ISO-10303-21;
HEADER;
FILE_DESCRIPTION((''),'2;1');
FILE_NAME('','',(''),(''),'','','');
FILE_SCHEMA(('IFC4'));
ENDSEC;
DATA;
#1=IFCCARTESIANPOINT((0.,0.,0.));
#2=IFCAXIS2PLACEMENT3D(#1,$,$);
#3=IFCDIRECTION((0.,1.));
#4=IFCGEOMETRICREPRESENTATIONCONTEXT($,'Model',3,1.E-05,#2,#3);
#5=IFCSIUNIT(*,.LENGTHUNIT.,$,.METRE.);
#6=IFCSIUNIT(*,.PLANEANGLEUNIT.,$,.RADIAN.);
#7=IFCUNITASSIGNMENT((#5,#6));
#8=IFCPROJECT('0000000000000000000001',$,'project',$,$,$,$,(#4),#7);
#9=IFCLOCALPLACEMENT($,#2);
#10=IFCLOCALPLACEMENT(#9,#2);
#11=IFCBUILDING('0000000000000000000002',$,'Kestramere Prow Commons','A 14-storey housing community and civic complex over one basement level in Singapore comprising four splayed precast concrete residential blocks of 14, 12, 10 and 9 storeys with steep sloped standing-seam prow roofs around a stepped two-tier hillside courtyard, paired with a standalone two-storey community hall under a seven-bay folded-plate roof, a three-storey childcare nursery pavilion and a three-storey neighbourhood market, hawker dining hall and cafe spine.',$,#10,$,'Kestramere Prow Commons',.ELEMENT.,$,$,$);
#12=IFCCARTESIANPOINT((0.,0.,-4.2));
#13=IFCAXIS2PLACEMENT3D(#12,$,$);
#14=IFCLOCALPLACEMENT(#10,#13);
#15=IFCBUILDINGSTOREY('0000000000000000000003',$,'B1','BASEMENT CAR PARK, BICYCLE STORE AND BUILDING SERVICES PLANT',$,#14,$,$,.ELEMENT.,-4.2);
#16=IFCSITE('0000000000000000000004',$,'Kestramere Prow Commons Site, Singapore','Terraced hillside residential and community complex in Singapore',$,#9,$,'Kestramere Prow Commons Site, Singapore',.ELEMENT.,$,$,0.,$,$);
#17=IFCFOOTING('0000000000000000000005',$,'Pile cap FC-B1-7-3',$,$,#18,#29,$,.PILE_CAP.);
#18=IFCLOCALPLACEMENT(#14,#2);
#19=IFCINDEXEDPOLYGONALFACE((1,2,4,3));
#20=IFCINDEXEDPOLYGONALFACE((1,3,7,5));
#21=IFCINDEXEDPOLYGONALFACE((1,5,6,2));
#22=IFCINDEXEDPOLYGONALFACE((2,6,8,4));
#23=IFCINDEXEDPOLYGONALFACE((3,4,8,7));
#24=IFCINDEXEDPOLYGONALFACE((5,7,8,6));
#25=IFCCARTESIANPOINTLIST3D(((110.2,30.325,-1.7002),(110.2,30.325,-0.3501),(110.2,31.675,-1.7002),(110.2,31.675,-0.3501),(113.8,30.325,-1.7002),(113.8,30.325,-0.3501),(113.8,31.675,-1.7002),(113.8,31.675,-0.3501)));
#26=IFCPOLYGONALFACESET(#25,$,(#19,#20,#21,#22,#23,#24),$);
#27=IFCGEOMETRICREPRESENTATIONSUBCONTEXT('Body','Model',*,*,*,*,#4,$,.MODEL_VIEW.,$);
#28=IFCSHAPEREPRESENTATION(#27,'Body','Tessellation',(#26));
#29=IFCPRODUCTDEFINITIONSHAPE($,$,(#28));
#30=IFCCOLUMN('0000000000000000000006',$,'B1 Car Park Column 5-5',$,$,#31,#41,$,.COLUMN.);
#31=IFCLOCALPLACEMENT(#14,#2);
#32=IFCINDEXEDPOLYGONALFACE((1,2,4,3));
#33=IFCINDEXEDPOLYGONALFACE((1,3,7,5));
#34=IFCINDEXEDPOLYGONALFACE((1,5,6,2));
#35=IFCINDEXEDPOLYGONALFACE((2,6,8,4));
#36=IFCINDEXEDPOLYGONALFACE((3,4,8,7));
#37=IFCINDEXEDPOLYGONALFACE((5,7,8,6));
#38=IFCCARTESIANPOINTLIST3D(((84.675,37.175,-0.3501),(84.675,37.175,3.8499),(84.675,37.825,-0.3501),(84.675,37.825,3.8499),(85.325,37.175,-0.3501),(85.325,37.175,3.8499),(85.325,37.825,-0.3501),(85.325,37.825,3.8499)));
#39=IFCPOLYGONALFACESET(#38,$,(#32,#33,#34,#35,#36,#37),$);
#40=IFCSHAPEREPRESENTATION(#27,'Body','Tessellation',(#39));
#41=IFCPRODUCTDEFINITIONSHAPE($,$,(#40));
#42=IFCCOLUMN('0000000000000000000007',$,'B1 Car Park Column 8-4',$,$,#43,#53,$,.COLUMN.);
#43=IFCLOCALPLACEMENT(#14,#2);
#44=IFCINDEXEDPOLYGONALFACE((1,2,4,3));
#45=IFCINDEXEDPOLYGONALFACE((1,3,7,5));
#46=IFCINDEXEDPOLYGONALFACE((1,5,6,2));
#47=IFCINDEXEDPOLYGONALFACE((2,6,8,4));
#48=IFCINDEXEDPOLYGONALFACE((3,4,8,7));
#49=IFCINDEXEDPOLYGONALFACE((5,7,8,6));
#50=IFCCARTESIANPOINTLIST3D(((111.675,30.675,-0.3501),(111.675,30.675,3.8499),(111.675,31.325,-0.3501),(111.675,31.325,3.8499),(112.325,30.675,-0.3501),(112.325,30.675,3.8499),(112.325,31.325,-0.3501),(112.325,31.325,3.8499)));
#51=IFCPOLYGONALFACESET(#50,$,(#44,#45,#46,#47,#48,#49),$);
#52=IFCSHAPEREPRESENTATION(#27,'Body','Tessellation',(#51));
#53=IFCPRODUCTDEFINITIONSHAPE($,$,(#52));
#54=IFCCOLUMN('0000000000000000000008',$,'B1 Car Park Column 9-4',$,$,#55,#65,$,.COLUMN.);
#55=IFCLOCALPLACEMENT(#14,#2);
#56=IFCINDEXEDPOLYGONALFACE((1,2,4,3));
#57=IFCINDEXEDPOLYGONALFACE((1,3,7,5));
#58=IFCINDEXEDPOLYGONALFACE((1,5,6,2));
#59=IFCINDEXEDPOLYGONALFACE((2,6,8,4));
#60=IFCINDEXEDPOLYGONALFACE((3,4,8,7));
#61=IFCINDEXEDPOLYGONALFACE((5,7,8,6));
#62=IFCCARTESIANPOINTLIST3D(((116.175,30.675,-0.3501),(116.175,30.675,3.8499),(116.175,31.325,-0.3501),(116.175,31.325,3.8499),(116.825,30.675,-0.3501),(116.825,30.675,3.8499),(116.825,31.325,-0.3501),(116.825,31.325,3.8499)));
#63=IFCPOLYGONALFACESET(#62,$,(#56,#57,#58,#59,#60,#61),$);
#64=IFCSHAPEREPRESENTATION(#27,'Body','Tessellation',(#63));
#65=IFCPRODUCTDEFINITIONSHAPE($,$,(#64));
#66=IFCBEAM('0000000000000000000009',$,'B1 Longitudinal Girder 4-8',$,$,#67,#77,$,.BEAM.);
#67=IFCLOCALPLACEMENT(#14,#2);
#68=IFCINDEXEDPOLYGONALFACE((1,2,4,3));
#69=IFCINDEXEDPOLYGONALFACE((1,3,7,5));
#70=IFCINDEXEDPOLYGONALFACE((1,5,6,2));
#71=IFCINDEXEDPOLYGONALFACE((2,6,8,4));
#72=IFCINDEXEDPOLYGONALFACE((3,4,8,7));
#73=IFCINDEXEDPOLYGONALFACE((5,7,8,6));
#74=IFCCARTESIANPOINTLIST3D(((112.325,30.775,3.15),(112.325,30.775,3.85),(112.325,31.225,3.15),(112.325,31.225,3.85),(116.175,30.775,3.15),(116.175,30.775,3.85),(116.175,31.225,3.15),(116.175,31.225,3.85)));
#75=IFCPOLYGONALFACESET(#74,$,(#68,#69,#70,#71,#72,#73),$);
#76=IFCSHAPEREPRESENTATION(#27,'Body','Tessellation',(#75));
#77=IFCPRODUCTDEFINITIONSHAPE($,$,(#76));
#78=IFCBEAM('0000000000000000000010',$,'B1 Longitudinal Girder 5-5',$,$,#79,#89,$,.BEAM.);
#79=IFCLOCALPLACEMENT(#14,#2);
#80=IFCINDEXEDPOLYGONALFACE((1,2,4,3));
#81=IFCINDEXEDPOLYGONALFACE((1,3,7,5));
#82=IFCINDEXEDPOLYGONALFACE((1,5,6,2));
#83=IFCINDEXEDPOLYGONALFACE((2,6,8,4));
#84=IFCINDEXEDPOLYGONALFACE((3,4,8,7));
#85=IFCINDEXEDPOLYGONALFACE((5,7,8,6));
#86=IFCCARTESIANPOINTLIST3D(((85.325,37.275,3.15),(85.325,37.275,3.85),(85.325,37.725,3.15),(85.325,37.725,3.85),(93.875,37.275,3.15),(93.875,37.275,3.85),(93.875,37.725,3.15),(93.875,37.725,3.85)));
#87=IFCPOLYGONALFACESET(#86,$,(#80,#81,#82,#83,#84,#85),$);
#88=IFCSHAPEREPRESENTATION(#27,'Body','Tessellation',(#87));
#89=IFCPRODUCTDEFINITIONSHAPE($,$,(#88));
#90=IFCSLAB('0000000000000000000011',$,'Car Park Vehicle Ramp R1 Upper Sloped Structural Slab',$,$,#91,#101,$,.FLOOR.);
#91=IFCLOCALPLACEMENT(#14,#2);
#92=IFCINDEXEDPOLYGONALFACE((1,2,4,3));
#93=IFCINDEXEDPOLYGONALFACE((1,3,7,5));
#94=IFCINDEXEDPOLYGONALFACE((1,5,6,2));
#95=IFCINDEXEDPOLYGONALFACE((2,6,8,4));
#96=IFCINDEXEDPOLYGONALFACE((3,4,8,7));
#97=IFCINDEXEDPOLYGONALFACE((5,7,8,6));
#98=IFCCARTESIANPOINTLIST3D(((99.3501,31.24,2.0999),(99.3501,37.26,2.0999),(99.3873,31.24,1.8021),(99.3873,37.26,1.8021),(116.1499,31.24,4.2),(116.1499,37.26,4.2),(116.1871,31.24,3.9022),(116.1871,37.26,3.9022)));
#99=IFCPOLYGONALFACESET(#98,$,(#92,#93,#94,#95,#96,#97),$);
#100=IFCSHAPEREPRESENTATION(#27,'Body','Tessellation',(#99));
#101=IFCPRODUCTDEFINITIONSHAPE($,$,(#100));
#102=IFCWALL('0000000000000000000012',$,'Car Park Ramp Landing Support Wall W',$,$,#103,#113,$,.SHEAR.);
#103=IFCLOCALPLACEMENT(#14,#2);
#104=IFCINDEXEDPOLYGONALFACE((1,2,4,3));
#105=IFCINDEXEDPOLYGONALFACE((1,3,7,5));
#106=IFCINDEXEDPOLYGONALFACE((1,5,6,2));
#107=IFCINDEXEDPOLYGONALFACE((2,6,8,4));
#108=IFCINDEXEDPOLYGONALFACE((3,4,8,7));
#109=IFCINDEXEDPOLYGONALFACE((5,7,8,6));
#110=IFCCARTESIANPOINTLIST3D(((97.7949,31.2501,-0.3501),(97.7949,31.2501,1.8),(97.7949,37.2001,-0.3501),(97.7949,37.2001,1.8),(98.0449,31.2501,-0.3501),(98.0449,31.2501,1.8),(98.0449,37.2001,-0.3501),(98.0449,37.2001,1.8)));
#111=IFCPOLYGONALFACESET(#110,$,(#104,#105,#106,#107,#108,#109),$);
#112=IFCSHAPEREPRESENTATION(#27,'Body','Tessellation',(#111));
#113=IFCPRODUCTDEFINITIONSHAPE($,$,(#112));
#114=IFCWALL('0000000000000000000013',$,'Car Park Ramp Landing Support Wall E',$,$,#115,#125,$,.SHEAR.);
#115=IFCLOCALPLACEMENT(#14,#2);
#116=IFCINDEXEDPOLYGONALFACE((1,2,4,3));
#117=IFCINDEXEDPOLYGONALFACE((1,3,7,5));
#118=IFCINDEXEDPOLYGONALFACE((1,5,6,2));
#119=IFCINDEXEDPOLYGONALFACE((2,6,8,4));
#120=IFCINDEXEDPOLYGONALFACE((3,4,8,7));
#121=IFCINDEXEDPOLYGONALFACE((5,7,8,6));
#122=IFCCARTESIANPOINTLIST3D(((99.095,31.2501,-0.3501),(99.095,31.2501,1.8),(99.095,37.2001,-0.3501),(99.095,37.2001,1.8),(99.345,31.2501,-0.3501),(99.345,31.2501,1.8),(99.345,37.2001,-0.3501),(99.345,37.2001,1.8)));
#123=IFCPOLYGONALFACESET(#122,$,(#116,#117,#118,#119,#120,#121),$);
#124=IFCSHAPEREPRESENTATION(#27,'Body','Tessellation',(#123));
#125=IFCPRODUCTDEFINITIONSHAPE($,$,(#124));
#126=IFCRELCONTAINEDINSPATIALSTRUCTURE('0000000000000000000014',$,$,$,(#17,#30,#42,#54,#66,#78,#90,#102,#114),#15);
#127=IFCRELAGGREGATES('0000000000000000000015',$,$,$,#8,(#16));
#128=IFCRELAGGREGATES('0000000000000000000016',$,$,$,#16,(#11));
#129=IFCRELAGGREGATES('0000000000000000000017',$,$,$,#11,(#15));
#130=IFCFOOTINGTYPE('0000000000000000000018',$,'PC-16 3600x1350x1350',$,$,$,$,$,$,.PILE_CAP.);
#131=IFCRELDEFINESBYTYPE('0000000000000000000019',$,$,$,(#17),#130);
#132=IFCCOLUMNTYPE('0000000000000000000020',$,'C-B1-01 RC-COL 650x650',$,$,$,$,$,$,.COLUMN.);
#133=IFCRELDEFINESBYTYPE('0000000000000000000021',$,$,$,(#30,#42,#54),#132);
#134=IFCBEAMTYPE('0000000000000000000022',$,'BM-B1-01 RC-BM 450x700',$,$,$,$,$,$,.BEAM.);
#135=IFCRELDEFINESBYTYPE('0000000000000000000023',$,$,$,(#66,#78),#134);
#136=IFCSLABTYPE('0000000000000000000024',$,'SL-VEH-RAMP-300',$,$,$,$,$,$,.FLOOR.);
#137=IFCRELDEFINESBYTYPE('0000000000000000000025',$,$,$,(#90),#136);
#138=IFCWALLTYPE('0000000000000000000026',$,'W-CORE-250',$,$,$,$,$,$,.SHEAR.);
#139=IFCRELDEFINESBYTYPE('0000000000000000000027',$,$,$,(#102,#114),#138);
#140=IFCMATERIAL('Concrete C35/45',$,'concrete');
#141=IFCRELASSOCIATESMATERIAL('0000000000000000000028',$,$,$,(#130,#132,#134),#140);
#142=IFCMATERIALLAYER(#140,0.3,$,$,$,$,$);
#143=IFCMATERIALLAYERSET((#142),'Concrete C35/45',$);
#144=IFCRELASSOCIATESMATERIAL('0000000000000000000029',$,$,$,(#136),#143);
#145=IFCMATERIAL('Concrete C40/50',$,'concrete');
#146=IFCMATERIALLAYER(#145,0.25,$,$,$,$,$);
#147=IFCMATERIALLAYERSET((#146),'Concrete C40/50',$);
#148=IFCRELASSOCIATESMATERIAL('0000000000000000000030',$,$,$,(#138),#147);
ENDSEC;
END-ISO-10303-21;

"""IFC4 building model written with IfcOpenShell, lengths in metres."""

from ifc_helpers import new_model, si_unit, direction, frame, frame_2d, origin, origin_2d, place, context, subcontext, project, spatial, polyline, rectangle, outline, extrude, material, layer, layer_set, material_profile, profile_set, type_object, element, save


model = new_model("IFC4")

# Units and contexts
model_context = context("Model", 3, precision=1e-05, world=origin(), true_north=direction((0.0, 1.0)))
body_context = subcontext(model_context, "Body", "Model", "MODEL_VIEW")
ifc_project = project(units=[si_unit("LENGTHUNIT", "METRE"), si_unit("PLANEANGLEUNIT", "RADIAN")], contexts=[model_context])

# Site, building, storey
site_placement = place(None, origin())
site = spatial("IfcSite", under=ifc_project, at=site_placement, Name="Kestramere Prow Commons Site, Singapore", Description="Terraced hillside residential and community complex in Singapore", LongName="Kestramere Prow Commons Site, Singapore", CompositionType="ELEMENT", RefElevation=0.0)
building_placement = place(site_placement, origin())
building = spatial("IfcBuilding", under=site, at=building_placement, Name="Kestramere Prow Commons", Description="A 14-storey housing community and civic complex over one basement level in Singapore comprising four splayed precast concrete residential blocks of 14, 12, 10 and 9 storeys with steep sloped standing-seam prow roofs around a stepped two-tier hillside courtyard, paired with a standalone two-storey community hall under a seven-bay folded-plate roof, a three-storey childcare nursery pavilion and a three-storey neighbourhood market, hawker dining hall and cafe spine.", LongName="Kestramere Prow Commons", CompositionType="ELEMENT")
storey_placement = place(building_placement, frame((0.0, 0.0, -4.2)))
storey = spatial("IfcBuildingStorey", under=building, at=storey_placement, Name="B1", Description="BASEMENT CAR PARK, BICYCLE STORE AND BUILDING SERVICES PLANT", CompositionType="ELEMENT", Elevation=-4.2)

# Shared definitions
ifc_material_1 = material(Name="Concrete C35/45", Category="concrete")

# Footing
footing_type_1 = type_object("IfcFootingType", Name="PC-16 3600x1350x1350", PredefinedType="PILE_CAP", material=ifc_material_1)
footing_1_placement = place(storey_placement, frame((112.0, 31.0, -1.7002), z_axis=(0.0, 0.0, 1.0), x_axis=(1.0, 0.0, 0.0)))
element("IfcFooting", 1, at=footing_1_placement, inside=storey, type_object=footing_type_1, Name="Pile cap FC-B1-7-3", PredefinedType="PILE_CAP", context=body_context, shape_type="SweptSolid", body=[
    extrude(rectangle(XDim=3.6001, YDim=1.3501, at=origin_2d()), origin(), (0.0, 0.0, 1.0), 1.3501),
])

# Columns
ifc_material_profile_1 = material_profile(ifc_material_1, rectangle(XDim=0.6499, YDim=0.6499, at=origin_2d()), Name="RC-COL 650x650")
ifc_profile_set_1 = profile_set([ifc_material_profile_1], Name="Concrete C35/45")
column_type = type_object("IfcColumnType", Name="C-B1-01 RC-COL 650x650", PredefinedType="COLUMN", material=ifc_profile_set_1)
for number, where, z_axis, x_axis, name in (
    (2, (85.0, 37.5, -0.3501), (0.0, 0.0, 1.0), (1.0, 0.0, 0.0), "B1 Car Park Column 5-5"),
    (3, (112.0, 31.0, -0.3501), (0.0, 0.0, 1.0), (1.0, 0.0, 0.0), "B1 Car Park Column 8-4"),
    (4, (116.5, 31.0, -0.3501), (0.0, 0.0, 1.0), (1.0, 0.0, 0.0), "B1 Car Park Column 9-4"),
):
    element("IfcColumn", number, at=place(storey_placement, frame(where, z_axis=z_axis, x_axis=x_axis)), inside=storey, type_object=column_type, Name=name, PredefinedType="COLUMN", context=body_context, shape_type="SweptSolid", body=[
        extrude(rectangle(XDim=0.6499, YDim=0.6499, at=origin_2d()), origin(), (0.0, 0.0, 1.0), 4.2),
    ])

# Beams
ifc_material_profile_2 = material_profile(ifc_material_1, rectangle(XDim=0.45, YDim=0.7, at=origin_2d()), Name="RC-BM 450x700")
ifc_profile_set_2 = profile_set([ifc_material_profile_2], Name="Concrete C35/45")
beam_type = type_object("IfcBeamType", Name="BM-B1-01 RC-BM 450x700", PredefinedType="BEAM", material=ifc_profile_set_2)
beam_1_placement = place(storey_placement, frame((112.325, 31.0, 3.5), z_axis=(1.0, 0.0, 0.0), x_axis=(0.0, 1.0, 0.0)))
element("IfcBeam", 5, at=beam_1_placement, inside=storey, type_object=beam_type, Name="B1 Longitudinal Girder 4-8", PredefinedType="BEAM", context=body_context, shape_type="SweptSolid", body=[
    extrude(rectangle(XDim=0.45, YDim=0.7, at=origin_2d()), origin(), (0.0, 0.0, 1.0), 3.8501),
])
beam_2_placement = place(storey_placement, frame((85.325, 37.5, 3.5), z_axis=(1.0, 0.0, 0.0), x_axis=(0.0, 1.0, 0.0)))
element("IfcBeam", 6, at=beam_2_placement, inside=storey, type_object=beam_type, Name="B1 Longitudinal Girder 5-5", PredefinedType="BEAM", context=body_context, shape_type="SweptSolid", body=[
    extrude(rectangle(XDim=0.45, YDim=0.7, at=origin_2d()), origin(), (0.0, 0.0, 1.0), 8.55),
])

# Slab
ifc_layer_1 = layer(ifc_material_1, 0.3)
ifc_layer_set_1 = layer_set([ifc_layer_1], Name="Concrete C35/45")
slab_type = type_object("IfcSlabType", Name="SL-VEH-RAMP-300", PredefinedType="FLOOR", material=ifc_layer_set_1)
slab_placement = place(storey_placement, frame((99.3501, 31.24, 2.0999), z_axis=(-0.124042, 0.0, 0.992277), x_axis=(0.992277, 0.0, 0.124042)))
element("IfcSlab", 7, at=slab_placement, inside=storey, type_object=slab_type, Name="Car Park Vehicle Ramp R1 Upper Sloped Structural Slab", PredefinedType="FLOOR", context=body_context, shape_type="SweptSolid", body=[
    extrude(outline(polyline([(0.0, 0.0), (16.9306, 0.0), (16.9306, 6.02), (0.0, 6.02), (0.0, 0.0)])), origin(), (0.0, 0.0, -1.0), 0.3),
])

# Walls
ifc_material_2 = material(Name="Concrete C40/50", Category="concrete")
ifc_layer_2 = layer(ifc_material_2, 0.25)
ifc_layer_set_2 = layer_set([ifc_layer_2], Name="Concrete C40/50")
wall_type = type_object("IfcWallType", Name="W-CORE-250", PredefinedType="SHEAR", material=ifc_layer_set_2)
for number, where, z_axis, x_axis, name in (
    (8, (97.9199, 31.25, -0.3501), (0.0, 0.0, 1.0), (0.0, 1.0, 0.0), "Car Park Ramp Landing Support Wall W"),
    (9, (99.22, 31.25, -0.3501), (0.0, 0.0, 1.0), (0.0, 1.0, 0.0), "Car Park Ramp Landing Support Wall E"),
):
    element("IfcWall", number, at=place(storey_placement, frame(where, z_axis=z_axis, x_axis=x_axis)), inside=storey, type_object=wall_type, Name=name, PredefinedType="SHEAR", context=body_context, shape_type="SweptSolid", body=[
        extrude(rectangle(XDim=5.95, YDim=0.25, at=frame_2d((2.9751, 0.0))), origin(), (0.0, 0.0, 1.0), 2.1501),
    ])

save(model, "model.ifc")
